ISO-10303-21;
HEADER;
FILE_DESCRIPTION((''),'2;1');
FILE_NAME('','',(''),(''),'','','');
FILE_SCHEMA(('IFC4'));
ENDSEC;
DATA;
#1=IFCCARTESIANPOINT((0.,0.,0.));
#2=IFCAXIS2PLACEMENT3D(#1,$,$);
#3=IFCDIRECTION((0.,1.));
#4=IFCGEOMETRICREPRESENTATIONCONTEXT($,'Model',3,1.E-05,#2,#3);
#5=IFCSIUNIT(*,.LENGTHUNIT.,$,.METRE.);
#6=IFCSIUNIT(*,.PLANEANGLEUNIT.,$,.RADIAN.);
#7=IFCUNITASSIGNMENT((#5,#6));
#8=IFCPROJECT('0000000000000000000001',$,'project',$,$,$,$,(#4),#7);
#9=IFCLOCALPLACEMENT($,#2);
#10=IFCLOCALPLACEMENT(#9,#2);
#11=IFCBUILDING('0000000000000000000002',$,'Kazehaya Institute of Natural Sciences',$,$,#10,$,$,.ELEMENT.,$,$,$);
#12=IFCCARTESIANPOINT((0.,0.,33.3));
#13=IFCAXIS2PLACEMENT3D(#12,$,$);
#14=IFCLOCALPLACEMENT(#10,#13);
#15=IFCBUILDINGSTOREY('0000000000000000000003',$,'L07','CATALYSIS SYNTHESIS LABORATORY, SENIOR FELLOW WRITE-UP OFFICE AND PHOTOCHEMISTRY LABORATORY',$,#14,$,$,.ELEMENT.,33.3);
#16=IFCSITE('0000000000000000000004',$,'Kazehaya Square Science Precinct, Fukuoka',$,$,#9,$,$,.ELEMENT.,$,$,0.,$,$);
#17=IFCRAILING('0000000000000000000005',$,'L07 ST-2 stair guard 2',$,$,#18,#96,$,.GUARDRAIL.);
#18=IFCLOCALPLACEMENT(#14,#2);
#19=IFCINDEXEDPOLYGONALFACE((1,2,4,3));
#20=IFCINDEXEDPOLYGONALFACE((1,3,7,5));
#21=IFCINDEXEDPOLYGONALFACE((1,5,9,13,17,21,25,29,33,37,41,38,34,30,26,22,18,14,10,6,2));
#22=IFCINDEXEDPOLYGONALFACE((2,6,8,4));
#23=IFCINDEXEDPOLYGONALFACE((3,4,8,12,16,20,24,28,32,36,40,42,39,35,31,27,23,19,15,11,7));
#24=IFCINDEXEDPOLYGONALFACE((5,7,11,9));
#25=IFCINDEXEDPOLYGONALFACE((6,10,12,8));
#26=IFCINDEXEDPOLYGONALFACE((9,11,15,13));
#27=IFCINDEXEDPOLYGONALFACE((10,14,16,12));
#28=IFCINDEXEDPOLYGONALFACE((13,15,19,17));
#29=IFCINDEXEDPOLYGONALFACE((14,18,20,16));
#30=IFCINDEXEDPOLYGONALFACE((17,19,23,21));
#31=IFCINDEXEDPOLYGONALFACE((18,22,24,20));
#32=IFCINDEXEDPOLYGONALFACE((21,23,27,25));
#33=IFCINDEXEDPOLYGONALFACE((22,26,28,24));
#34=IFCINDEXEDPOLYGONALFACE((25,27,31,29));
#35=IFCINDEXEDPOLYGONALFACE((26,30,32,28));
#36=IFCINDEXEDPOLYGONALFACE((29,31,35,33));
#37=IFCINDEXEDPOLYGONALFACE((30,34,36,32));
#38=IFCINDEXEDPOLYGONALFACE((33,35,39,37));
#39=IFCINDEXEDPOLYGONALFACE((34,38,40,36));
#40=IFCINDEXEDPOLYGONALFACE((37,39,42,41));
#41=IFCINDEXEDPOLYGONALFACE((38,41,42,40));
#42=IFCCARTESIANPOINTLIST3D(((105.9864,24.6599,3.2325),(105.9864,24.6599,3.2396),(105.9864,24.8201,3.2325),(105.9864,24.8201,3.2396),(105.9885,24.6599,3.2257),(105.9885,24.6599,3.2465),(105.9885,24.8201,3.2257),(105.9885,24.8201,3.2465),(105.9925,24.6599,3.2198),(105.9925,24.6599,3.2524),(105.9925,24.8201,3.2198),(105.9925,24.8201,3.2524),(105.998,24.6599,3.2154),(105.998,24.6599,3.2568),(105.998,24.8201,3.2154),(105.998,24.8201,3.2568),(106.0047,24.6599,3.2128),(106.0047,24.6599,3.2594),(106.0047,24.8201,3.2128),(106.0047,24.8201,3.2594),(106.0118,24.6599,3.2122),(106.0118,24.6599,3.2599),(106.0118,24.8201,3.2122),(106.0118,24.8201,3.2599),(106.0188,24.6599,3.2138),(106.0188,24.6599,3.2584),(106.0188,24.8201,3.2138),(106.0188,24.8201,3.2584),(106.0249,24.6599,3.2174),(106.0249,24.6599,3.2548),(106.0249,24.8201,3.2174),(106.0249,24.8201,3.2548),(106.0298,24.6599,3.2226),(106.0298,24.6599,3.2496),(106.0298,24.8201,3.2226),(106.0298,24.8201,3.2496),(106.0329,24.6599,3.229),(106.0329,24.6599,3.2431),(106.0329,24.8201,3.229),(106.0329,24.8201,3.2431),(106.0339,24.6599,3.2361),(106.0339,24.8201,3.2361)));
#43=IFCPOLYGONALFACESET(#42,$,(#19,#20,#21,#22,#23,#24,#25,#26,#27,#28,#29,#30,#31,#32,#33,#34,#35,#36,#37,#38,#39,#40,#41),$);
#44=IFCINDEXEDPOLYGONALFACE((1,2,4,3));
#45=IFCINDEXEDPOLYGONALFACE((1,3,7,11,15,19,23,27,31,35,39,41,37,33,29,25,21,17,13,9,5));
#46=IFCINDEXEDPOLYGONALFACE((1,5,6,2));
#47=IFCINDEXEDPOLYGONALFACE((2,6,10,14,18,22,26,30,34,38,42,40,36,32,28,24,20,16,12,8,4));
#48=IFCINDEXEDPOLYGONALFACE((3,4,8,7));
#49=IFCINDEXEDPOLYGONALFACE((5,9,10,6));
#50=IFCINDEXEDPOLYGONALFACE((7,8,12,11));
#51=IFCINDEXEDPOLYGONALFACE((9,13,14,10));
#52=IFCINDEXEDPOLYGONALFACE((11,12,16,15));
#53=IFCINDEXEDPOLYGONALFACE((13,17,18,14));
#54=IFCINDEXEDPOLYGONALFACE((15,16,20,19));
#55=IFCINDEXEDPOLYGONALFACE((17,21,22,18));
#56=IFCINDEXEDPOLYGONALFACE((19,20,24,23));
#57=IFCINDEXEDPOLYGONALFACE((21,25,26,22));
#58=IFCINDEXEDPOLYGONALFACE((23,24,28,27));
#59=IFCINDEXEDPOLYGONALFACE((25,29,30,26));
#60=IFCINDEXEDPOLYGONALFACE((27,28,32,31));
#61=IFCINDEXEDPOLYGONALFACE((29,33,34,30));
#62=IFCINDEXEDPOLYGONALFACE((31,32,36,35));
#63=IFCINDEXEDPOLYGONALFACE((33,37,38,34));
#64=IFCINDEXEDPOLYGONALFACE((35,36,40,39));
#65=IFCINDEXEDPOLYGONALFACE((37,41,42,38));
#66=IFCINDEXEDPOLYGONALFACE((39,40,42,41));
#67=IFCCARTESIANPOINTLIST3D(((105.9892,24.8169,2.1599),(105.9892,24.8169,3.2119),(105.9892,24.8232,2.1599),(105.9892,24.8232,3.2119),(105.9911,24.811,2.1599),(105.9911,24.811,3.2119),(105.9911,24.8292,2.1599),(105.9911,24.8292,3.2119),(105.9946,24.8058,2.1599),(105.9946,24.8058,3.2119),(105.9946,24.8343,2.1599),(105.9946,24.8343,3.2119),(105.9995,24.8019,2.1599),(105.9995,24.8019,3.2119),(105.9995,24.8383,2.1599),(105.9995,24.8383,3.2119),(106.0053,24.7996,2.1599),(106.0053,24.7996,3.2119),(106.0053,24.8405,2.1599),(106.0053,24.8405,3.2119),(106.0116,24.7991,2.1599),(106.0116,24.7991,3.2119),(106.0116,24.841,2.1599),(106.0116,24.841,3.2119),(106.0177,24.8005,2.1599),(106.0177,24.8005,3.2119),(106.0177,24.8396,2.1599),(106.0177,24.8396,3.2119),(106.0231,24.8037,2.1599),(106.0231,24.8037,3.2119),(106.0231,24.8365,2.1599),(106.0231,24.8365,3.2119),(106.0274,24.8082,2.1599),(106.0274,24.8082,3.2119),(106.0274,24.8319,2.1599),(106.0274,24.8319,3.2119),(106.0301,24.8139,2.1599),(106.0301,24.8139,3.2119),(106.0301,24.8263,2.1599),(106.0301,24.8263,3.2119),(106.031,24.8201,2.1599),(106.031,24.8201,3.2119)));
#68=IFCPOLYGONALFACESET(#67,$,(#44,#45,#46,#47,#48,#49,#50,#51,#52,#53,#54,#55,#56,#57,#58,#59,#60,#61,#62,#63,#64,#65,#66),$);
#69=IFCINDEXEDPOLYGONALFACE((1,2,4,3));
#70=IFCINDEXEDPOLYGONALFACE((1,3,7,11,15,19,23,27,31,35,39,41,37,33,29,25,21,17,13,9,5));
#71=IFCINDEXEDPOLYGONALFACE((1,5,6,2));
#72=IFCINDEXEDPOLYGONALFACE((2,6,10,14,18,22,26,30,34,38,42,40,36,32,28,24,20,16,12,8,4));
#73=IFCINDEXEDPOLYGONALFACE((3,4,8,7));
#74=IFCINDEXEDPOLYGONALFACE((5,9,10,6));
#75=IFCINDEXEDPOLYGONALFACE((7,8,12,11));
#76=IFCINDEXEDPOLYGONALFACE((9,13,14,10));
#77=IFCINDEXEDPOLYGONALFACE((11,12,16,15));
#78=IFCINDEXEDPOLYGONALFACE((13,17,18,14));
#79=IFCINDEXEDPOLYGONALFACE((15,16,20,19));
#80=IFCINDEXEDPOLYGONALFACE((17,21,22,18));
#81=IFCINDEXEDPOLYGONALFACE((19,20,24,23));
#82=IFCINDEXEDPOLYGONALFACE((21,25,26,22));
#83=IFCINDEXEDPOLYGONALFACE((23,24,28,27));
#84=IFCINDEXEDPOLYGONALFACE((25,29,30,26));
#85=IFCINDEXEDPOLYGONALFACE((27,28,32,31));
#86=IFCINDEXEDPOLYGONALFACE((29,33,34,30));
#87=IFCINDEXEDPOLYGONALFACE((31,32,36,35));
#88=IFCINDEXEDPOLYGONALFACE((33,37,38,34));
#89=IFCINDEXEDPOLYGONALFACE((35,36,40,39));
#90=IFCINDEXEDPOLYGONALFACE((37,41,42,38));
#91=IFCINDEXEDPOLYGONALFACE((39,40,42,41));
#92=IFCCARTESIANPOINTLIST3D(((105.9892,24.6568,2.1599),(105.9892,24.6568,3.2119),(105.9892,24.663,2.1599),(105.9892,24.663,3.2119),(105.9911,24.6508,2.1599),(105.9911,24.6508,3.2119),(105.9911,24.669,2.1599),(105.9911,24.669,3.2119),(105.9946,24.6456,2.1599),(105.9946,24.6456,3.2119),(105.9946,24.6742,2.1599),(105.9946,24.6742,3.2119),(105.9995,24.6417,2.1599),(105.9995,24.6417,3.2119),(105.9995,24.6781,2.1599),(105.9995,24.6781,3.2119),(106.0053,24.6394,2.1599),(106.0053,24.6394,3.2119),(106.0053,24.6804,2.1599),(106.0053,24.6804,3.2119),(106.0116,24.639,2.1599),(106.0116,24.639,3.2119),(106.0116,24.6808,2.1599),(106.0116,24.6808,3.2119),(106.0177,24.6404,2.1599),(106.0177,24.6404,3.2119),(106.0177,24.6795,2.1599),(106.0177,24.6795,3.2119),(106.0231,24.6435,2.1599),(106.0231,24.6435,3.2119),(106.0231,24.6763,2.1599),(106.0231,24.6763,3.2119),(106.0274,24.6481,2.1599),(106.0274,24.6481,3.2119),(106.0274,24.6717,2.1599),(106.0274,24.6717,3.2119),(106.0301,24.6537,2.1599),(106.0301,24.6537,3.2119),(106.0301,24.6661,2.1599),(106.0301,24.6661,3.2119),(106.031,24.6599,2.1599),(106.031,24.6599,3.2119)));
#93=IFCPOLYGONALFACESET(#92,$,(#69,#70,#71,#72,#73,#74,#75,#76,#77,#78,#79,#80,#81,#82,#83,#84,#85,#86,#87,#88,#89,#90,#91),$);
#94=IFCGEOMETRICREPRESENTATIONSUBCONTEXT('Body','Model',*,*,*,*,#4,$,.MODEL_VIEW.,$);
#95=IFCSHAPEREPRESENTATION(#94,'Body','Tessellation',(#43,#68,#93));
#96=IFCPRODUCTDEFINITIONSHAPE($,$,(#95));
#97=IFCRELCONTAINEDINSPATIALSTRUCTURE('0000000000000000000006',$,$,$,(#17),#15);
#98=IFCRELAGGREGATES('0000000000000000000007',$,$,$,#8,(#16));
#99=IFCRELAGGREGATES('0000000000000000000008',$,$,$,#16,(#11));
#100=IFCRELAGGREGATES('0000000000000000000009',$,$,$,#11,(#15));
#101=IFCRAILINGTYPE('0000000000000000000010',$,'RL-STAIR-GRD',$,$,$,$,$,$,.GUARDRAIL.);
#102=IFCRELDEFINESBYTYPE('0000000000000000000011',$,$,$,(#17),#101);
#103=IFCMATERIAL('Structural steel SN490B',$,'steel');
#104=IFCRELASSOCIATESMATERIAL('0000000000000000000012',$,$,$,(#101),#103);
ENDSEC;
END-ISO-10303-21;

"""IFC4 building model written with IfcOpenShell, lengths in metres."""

from ifc_helpers import new_model, si_unit, direction, frame, origin, origin_2d, place, context, subcontext, project, spatial, circle, extrude, material, type_object, element, save


model = new_model("IFC4")

# Units and contexts
model_context = context("Model", 3, precision=1e-05, world=origin(), true_north=direction((0.0, 1.0)))
body_context = subcontext(model_context, "Body", "Model", "MODEL_VIEW")
ifc_project = project(units=[si_unit("LENGTHUNIT", "METRE"), si_unit("PLANEANGLEUNIT", "RADIAN")], contexts=[model_context])

# Site, building, storey
site_placement = place(None, origin())
site = spatial("IfcSite", under=ifc_project, at=site_placement, Name="Kazehaya Square Science Precinct, Fukuoka", CompositionType="ELEMENT", RefElevation=0.0)
building_placement = place(site_placement, origin())
building = spatial("IfcBuilding", under=site, at=building_placement, Name="Kazehaya Institute of Natural Sciences", CompositionType="ELEMENT")
storey_placement = place(building_placement, frame((0.0, 0.0, 33.3)))
storey = spatial("IfcBuildingStorey", under=building, at=storey_placement, Name="L07", Description="CATALYSIS SYNTHESIS LABORATORY, SENIOR FELLOW WRITE-UP OFFICE AND PHOTOCHEMISTRY LABORATORY", CompositionType="ELEMENT", Elevation=33.3)

# Railing
ifc_material_1 = material(Name="Structural steel SN490B", Category="steel")
railing_type_1 = type_object("IfcRailingType", Name="RL-STAIR-GRD", PredefinedType="GUARDRAIL", material=ifc_material_1)
railing_1_placement = place(storey_placement, frame((106.01, 24.8201, 2.1599)))
element("IfcRailing", 1, at=railing_1_placement, inside=storey, type_object=railing_type_1, Name="L07 ST-2 stair guard 2", PredefinedType="GUARDRAIL", context=body_context, shape_type="SweptSolid", body=[
    extrude(circle(Radius=0.0239, at=origin_2d()), frame((0.0, 0.0, 1.0762), z_axis=(0.0, -1.0, 0.0), x_axis=(1.0, 0.0, 0.0)), (0.0, 0.0, 1.0), 0.1602),
    extrude(circle(Radius=0.021, at=origin_2d()), origin(), (0.0, 0.0, 1.0), 1.052),
    extrude(circle(Radius=0.021, at=origin_2d()), frame((0.0, -0.1602, 0.0)), (0.0, 0.0, 1.0), 1.052),
])

save(model, "model.ifc")
